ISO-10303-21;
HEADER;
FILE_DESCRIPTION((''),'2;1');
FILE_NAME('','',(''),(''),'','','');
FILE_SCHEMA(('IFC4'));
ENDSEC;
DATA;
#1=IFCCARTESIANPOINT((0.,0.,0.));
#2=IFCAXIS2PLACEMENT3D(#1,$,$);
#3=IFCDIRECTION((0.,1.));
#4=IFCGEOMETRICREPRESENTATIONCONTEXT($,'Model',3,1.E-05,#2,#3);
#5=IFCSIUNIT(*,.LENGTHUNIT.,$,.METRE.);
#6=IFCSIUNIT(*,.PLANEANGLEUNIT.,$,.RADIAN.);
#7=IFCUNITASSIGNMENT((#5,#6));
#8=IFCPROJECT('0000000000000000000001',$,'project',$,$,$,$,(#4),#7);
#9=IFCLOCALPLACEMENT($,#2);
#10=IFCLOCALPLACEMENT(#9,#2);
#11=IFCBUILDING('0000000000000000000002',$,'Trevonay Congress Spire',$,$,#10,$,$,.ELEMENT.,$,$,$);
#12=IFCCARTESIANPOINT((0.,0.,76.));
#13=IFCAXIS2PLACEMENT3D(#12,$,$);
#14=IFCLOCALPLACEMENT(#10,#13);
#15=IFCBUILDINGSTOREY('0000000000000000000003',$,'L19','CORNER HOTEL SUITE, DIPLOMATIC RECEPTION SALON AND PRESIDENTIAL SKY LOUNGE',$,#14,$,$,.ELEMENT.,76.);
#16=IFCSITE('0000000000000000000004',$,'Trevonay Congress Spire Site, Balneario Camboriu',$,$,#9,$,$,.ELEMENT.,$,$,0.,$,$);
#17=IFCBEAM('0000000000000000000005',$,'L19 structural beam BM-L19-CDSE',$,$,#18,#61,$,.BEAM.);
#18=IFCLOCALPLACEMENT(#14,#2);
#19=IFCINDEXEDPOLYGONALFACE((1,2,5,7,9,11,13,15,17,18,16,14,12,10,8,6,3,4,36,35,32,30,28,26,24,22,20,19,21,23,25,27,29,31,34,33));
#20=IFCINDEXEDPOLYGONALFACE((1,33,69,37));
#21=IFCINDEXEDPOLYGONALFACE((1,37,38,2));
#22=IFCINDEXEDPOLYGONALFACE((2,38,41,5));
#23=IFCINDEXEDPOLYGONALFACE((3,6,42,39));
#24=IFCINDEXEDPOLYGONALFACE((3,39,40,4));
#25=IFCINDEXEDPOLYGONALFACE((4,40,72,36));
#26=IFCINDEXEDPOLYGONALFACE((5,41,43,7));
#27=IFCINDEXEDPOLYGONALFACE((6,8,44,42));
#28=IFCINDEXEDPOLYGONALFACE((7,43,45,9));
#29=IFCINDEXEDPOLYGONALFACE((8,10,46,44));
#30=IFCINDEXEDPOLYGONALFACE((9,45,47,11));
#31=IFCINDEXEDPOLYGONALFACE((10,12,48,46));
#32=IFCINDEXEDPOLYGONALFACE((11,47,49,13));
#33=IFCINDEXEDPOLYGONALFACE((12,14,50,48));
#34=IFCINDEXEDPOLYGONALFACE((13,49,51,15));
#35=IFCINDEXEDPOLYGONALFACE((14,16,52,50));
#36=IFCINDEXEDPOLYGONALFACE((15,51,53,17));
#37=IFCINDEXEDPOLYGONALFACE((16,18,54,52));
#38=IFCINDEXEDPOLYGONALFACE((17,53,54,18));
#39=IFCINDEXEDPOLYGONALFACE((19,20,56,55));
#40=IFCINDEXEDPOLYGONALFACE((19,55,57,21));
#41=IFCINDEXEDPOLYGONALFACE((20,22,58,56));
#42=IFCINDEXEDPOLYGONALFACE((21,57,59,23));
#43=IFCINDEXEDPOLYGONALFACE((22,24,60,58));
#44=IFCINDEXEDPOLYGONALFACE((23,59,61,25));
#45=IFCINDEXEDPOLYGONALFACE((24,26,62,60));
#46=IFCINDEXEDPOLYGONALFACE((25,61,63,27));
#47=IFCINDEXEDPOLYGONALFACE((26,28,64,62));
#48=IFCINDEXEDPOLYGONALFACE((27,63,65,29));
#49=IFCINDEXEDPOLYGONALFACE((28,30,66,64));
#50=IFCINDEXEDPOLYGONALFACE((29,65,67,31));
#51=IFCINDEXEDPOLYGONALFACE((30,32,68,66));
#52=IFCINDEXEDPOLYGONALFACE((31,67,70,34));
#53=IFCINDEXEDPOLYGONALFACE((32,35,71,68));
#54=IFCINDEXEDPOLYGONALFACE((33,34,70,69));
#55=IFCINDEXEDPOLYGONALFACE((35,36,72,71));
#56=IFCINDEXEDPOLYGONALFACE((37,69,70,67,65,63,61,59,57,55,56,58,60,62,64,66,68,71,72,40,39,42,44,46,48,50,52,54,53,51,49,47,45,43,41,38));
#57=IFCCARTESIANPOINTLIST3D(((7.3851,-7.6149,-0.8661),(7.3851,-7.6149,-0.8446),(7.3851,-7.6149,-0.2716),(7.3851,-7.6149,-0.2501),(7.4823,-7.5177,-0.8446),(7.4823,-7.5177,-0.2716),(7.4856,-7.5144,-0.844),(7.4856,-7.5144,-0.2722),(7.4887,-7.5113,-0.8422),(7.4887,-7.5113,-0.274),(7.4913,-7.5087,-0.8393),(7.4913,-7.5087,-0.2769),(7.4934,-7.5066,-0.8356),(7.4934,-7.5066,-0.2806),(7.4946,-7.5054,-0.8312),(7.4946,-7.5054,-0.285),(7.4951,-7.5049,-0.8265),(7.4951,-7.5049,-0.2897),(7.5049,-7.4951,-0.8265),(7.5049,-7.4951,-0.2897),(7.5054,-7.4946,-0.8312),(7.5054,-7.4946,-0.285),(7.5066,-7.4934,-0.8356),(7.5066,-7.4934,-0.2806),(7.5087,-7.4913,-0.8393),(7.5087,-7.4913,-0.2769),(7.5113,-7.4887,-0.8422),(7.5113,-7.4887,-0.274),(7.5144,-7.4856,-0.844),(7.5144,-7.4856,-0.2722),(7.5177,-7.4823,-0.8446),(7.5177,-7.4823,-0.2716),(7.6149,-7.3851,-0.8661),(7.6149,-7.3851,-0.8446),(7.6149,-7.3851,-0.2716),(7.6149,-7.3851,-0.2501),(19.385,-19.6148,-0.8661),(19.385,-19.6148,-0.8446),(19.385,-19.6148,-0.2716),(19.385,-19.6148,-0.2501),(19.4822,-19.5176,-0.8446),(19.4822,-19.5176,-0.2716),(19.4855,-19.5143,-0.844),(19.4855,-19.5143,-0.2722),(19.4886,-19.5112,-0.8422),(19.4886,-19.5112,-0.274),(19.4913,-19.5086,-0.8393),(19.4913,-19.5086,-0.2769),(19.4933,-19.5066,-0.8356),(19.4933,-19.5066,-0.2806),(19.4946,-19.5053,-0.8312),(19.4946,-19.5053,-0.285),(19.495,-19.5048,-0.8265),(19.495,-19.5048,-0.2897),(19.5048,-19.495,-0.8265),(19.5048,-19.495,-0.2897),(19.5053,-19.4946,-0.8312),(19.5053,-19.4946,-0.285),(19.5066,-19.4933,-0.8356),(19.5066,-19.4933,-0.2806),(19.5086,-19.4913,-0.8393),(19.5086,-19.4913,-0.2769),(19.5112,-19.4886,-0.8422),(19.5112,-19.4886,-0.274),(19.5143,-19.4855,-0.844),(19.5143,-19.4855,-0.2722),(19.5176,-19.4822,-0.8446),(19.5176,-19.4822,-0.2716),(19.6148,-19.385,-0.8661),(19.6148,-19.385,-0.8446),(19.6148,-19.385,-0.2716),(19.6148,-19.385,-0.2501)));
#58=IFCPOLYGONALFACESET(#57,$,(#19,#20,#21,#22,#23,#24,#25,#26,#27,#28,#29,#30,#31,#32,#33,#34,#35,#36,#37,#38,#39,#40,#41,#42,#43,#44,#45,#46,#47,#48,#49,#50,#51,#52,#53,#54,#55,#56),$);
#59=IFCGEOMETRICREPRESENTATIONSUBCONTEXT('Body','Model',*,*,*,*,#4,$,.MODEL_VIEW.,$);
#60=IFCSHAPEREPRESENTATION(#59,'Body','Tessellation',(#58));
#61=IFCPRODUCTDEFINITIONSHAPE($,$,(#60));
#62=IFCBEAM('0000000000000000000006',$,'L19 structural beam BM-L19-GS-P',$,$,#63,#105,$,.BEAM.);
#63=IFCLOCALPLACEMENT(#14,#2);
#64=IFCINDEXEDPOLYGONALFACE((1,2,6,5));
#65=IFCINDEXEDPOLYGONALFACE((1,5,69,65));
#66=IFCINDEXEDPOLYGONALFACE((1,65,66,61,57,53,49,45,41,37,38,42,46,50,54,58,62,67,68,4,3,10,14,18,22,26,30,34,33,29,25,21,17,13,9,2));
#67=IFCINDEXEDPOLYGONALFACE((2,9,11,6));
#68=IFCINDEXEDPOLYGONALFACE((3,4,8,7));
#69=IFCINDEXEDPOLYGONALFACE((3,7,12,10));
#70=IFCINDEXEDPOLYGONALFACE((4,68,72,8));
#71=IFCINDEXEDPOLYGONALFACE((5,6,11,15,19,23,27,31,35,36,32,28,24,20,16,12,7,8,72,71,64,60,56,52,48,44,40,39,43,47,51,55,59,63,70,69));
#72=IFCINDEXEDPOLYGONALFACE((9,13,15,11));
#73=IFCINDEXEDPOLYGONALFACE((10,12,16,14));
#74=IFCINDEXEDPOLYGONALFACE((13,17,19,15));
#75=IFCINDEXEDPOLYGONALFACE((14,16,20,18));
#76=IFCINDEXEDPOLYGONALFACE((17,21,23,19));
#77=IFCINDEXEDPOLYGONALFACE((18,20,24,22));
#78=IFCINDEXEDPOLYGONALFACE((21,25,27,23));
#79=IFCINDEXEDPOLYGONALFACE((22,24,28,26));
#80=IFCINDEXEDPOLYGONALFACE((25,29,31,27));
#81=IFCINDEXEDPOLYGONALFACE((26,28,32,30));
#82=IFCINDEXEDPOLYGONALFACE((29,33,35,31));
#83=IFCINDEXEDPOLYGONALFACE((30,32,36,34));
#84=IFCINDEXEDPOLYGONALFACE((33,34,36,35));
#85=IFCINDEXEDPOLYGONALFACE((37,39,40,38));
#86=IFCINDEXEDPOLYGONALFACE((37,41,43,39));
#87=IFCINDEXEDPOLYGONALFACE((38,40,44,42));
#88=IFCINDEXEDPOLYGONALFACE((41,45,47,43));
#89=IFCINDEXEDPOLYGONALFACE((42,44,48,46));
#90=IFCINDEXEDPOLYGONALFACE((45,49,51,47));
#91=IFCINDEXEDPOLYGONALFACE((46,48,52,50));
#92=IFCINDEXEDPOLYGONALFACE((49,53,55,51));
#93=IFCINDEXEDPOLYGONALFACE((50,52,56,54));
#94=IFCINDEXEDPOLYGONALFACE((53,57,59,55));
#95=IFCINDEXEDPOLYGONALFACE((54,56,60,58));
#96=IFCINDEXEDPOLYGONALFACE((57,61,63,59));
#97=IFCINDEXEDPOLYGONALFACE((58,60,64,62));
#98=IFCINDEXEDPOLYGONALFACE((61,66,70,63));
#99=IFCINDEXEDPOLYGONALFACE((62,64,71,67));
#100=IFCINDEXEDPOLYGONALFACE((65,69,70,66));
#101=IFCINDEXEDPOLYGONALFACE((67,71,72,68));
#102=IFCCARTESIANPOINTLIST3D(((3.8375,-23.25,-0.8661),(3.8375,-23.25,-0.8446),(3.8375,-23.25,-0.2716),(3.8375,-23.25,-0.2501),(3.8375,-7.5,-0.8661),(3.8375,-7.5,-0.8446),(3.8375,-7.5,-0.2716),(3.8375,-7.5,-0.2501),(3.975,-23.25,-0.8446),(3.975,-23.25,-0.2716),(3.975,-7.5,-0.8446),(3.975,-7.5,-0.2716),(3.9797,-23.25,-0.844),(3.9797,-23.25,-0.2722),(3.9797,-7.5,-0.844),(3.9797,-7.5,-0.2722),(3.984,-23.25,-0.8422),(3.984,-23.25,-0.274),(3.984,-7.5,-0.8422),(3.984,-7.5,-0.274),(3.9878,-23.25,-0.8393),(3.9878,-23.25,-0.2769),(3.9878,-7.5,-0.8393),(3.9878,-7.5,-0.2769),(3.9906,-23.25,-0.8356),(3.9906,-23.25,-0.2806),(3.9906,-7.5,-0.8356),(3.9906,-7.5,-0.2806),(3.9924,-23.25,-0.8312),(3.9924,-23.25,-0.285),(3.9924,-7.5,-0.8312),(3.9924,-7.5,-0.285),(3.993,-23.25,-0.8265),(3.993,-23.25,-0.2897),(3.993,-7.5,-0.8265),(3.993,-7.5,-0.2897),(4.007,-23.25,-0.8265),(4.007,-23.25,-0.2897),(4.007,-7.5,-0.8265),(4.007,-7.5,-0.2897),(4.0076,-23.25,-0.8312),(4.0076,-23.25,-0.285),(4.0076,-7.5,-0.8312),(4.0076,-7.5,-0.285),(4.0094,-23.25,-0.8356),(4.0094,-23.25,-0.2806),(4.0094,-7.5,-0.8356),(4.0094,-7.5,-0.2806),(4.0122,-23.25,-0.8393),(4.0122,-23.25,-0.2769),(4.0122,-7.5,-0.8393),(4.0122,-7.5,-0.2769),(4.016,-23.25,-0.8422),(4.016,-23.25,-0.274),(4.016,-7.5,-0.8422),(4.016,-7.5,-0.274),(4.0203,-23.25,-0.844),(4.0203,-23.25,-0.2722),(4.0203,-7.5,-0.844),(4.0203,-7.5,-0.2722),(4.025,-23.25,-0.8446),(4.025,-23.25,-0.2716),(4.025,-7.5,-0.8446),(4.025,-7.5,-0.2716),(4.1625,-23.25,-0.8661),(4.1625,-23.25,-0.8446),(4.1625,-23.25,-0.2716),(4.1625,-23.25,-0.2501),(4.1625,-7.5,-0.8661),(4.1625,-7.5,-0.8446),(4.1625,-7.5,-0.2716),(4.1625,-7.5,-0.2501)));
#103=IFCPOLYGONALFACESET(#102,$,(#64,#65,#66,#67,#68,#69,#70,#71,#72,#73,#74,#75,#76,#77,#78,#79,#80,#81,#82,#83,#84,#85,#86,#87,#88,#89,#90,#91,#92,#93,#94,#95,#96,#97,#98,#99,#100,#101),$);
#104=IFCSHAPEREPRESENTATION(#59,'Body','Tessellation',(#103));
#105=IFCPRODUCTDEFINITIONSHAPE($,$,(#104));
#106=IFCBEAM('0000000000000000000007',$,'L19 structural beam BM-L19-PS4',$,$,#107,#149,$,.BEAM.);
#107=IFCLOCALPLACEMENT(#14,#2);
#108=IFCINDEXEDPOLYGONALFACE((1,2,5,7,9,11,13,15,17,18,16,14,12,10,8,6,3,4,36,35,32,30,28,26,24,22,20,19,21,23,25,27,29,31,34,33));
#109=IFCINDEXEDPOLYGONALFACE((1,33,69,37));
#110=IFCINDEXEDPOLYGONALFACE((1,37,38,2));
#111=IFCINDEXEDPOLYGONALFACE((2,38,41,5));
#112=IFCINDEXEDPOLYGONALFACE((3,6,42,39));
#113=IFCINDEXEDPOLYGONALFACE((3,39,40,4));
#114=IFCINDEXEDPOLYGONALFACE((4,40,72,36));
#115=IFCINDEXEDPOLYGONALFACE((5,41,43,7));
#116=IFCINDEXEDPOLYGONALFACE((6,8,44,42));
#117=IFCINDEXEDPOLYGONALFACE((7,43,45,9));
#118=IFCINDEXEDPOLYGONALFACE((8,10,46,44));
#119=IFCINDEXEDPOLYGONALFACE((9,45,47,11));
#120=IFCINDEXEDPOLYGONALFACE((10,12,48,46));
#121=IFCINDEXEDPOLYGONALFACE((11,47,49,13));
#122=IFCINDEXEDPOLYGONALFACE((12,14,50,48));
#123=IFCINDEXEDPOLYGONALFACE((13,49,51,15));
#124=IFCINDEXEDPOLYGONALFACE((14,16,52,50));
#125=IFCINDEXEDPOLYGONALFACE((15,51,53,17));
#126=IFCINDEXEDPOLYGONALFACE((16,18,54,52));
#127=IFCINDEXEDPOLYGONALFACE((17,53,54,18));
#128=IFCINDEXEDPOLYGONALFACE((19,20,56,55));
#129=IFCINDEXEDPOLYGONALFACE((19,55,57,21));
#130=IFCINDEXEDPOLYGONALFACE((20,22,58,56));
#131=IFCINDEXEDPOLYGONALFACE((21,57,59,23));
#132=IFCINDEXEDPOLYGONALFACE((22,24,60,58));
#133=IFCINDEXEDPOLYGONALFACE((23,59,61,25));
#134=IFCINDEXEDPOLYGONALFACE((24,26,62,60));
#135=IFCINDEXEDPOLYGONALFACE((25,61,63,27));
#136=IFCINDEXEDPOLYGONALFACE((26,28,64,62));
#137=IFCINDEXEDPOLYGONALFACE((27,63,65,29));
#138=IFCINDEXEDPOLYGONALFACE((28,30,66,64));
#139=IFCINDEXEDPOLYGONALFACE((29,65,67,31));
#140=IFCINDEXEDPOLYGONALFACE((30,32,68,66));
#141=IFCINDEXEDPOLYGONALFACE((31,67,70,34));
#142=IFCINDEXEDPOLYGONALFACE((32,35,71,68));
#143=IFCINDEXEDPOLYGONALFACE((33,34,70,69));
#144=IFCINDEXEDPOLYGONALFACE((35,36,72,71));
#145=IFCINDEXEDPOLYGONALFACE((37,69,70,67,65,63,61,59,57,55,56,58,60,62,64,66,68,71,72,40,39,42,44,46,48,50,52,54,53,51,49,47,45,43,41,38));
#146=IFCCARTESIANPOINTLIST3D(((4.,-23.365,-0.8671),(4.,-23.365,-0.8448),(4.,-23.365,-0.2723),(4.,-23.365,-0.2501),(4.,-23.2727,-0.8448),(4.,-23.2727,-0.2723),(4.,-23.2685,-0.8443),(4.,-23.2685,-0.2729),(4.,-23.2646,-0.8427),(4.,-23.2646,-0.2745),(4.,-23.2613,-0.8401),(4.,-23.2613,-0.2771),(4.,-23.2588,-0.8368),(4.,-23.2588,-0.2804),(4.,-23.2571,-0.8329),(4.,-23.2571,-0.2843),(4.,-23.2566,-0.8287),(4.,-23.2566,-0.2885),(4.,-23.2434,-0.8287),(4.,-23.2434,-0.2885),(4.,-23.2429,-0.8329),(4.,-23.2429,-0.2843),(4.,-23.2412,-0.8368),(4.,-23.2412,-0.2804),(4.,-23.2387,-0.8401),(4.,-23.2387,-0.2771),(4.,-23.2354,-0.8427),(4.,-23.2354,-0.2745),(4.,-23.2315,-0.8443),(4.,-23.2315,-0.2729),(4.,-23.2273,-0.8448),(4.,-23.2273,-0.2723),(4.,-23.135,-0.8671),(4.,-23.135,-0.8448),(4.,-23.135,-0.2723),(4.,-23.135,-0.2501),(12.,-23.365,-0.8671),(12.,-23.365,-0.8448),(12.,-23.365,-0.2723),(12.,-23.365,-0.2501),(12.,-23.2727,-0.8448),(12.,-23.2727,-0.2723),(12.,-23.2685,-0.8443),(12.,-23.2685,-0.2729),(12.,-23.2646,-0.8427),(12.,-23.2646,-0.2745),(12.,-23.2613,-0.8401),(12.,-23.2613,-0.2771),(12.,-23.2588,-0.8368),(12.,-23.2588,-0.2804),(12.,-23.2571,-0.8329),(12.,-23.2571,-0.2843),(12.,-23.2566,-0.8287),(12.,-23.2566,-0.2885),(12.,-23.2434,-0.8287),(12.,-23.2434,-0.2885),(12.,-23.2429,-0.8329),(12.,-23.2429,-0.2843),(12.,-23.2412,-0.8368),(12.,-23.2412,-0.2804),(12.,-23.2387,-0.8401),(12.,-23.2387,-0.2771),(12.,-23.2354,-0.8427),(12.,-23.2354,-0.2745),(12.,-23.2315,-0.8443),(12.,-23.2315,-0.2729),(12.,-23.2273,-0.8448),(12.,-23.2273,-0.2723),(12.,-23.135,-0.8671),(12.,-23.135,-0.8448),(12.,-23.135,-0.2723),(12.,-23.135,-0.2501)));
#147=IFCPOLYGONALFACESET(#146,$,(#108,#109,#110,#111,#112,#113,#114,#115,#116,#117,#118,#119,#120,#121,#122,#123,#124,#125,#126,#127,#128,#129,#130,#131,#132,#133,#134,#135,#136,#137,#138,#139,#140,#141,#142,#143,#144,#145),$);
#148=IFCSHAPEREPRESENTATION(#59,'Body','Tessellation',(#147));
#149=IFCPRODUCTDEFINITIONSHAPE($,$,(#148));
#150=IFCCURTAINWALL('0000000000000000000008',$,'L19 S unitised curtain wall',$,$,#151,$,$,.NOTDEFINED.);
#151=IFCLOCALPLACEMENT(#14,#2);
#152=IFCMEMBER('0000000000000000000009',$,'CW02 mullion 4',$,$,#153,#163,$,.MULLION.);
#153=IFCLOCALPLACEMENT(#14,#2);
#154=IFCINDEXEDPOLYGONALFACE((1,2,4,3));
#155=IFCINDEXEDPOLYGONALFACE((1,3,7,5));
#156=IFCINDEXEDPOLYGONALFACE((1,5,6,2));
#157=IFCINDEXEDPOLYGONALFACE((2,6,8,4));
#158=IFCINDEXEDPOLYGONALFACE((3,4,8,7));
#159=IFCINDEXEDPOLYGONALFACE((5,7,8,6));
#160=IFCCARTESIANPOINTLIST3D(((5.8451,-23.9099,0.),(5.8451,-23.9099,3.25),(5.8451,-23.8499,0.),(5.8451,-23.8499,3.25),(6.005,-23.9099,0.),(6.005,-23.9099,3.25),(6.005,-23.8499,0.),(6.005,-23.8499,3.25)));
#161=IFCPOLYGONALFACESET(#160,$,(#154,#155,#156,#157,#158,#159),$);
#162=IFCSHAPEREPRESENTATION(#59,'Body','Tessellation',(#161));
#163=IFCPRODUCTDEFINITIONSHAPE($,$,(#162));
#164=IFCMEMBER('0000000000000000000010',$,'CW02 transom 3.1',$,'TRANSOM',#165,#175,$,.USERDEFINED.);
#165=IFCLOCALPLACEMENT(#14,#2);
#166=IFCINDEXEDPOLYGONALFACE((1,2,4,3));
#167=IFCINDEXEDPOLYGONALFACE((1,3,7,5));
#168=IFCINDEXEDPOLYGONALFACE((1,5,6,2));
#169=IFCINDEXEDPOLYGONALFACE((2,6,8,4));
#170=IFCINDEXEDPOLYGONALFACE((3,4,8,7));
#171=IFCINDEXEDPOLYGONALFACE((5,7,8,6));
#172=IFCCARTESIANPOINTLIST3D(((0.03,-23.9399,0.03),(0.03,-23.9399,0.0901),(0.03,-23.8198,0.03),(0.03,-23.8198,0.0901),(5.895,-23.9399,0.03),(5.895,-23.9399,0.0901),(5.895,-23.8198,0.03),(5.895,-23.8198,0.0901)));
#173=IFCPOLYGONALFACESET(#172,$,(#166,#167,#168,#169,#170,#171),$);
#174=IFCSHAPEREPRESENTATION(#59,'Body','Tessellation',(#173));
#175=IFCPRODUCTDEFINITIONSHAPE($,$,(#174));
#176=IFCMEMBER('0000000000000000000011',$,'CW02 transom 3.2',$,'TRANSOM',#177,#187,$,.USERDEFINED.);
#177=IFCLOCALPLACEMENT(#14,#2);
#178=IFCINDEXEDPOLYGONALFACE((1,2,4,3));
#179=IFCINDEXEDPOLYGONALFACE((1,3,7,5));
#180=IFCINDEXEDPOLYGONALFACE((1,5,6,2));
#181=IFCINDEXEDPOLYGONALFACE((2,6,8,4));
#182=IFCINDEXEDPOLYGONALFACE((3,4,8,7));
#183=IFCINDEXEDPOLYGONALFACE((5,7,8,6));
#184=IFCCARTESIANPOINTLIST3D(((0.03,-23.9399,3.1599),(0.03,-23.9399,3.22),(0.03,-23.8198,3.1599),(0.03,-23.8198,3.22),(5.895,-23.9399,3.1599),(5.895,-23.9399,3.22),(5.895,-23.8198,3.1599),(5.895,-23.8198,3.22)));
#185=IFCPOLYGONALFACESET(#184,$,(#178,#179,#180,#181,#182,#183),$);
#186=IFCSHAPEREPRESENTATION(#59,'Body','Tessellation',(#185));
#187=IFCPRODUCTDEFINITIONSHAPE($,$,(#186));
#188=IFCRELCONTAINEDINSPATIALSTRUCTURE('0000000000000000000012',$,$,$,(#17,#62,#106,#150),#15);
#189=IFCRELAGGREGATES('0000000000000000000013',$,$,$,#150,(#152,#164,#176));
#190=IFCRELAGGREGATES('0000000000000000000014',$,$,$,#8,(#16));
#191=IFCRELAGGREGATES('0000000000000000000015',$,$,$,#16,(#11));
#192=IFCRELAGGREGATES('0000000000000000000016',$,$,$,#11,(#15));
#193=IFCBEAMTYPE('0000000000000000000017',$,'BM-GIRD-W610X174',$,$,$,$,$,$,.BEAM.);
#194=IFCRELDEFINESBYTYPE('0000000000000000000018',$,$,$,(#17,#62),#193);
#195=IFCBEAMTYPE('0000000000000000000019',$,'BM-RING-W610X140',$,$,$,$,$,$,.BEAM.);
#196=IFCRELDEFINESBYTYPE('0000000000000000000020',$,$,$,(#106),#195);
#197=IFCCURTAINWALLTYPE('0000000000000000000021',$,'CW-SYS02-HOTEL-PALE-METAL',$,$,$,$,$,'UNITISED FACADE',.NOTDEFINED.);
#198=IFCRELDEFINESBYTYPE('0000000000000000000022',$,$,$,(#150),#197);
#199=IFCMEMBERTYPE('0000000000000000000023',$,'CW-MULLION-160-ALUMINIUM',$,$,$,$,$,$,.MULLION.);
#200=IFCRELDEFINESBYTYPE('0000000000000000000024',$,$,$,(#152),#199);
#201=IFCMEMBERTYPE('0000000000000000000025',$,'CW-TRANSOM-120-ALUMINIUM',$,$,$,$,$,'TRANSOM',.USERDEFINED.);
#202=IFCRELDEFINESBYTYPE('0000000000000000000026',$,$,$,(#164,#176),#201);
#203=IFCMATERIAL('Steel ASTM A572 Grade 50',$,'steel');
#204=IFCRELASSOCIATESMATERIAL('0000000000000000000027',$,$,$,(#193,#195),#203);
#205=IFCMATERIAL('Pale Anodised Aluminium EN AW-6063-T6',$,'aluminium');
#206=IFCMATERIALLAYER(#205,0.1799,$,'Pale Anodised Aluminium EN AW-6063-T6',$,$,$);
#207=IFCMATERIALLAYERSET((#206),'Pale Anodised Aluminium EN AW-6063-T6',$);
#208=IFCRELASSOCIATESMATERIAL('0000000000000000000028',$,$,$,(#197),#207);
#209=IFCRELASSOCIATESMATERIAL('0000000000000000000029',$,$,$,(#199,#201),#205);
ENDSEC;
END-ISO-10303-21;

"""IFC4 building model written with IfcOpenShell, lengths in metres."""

from ifc_helpers import new_model, si_unit, direction, frame, origin, origin_2d, place, context, subcontext, project, spatial, rectangle, i_section, extrude, material, layer, layer_set, material_profile, profile_set, type_object, element, aggregate, save


model = new_model("IFC4")

# Units and contexts
model_context = context("Model", 3, precision=1e-05, world=origin(), true_north=direction((0.0, 1.0)))
body_context = subcontext(model_context, "Body", "Model", "MODEL_VIEW")
ifc_project = project(units=[si_unit("LENGTHUNIT", "METRE"), si_unit("PLANEANGLEUNIT", "RADIAN")], contexts=[model_context])

# Site, building, storey
site_placement = place(None, origin())
site = spatial("IfcSite", under=ifc_project, at=site_placement, Name="Trevonay Congress Spire Site, Balneario Camboriu", CompositionType="ELEMENT", RefElevation=0.0)
building_placement = place(site_placement, origin())
building = spatial("IfcBuilding", under=site, at=building_placement, Name="Trevonay Congress Spire", CompositionType="ELEMENT")
storey_placement = place(building_placement, frame((0.0, 0.0, 76.0)))
storey = spatial("IfcBuildingStorey", under=building, at=storey_placement, Name="L19", Description="CORNER HOTEL SUITE, DIPLOMATIC RECEPTION SALON AND PRESIDENTIAL SKY LOUNGE", CompositionType="ELEMENT", Elevation=76.0)

# Shared definitions
ifc_material_1 = material(Name="Steel ASTM A572 Grade 50", Category="steel")

# Beams
ifc_material_profile_1 = material_profile(ifc_material_1, i_section(OverallWidth=0.325, OverallDepth=0.616, WebThickness=0.0139, FlangeThickness=0.0215, FilletRadius=0.0181, at=origin_2d()), Name="W610x174")
ifc_profile_set_1 = profile_set([ifc_material_profile_1], Name="Steel ASTM A572 Grade 50")
beam_type_1 = type_object("IfcBeamType", Name="BM-GIRD-W610X174", PredefinedType="BEAM", material=ifc_profile_set_1)
beam_1_placement = place(storey_placement, frame((7.5, -7.5, -0.5581), z_axis=(0.707107, -0.707107, 0.0), x_axis=(0.707107, 0.707107, 0.0)))
element("IfcBeam", 1, at=beam_1_placement, inside=storey, type_object=beam_type_1, Name="L19 structural beam BM-L19-CDSE", PredefinedType="BEAM", context=body_context, shape_type="SweptSolid", body=[
    extrude(i_section(OverallWidth=0.325, OverallDepth=0.616, WebThickness=0.0139, FlangeThickness=0.0215, FilletRadius=0.0181, at=origin_2d()), origin(), (0.0, 0.0, 1.0), 16.9705),
])
beam_2_placement = place(storey_placement, frame((4.0, -7.5, -0.5581), z_axis=(0.0, -1.0, 0.0), x_axis=(1.0, 0.0, 0.0)))
element("IfcBeam", 2, at=beam_2_placement, inside=storey, type_object=beam_type_1, Name="L19 structural beam BM-L19-GS-P", PredefinedType="BEAM", context=body_context, shape_type="SweptSolid", body=[
    extrude(i_section(OverallWidth=0.325, OverallDepth=0.616, WebThickness=0.0139, FlangeThickness=0.0215, FilletRadius=0.0181, at=origin_2d()), origin(), (0.0, 0.0, 1.0), 15.75),
])
ifc_material_profile_2 = material_profile(ifc_material_1, i_section(OverallWidth=0.23, OverallDepth=0.6169, WebThickness=0.0132, FlangeThickness=0.0222, FilletRadius=0.0161, at=origin_2d()), Name="W610x140")
ifc_profile_set_2 = profile_set([ifc_material_profile_2], Name="Steel ASTM A572 Grade 50")
beam_type_2 = type_object("IfcBeamType", Name="BM-RING-W610X140", PredefinedType="BEAM", material=ifc_profile_set_2)
beam_3_placement = place(storey_placement, frame((4.0, -23.25, -0.5586), z_axis=(1.0, 0.0, 0.0), x_axis=(0.0, 1.0, 0.0)))
element("IfcBeam", 3, at=beam_3_placement, inside=storey, type_object=beam_type_2, Name="L19 structural beam BM-L19-PS4", PredefinedType="BEAM", context=body_context, shape_type="SweptSolid", body=[
    extrude(i_section(OverallWidth=0.23, OverallDepth=0.6169, WebThickness=0.0132, FlangeThickness=0.0222, FilletRadius=0.0161, at=origin_2d()), origin(), (0.0, 0.0, 1.0), 8.0),
])

# Curtain wall, members
ifc_material_2 = material(Name="Pale Anodised Aluminium EN AW-6063-T6", Category="aluminium")
ifc_layer_1 = layer(ifc_material_2, 0.1799, Name="Pale Anodised Aluminium EN AW-6063-T6")
ifc_layer_set_1 = layer_set([ifc_layer_1], Name="Pale Anodised Aluminium EN AW-6063-T6")
curtain_wall_type = type_object("IfcCurtainWallType", Name="CW-SYS02-HOTEL-PALE-METAL", ElementType="UNITISED FACADE", PredefinedType="NOTDEFINED", material=ifc_layer_set_1)
curtain_wall_placement = place(storey_placement, origin())
curtain_wall = element("IfcCurtainWall", 4, at=curtain_wall_placement, inside=storey, type_object=curtain_wall_type, Name="L19 S unitised curtain wall", PredefinedType="NOTDEFINED")
ifc_material_profile_3 = material_profile(ifc_material_2, rectangle(XDim=0.0601, YDim=0.1599, at=origin_2d()), Name="CW-MULLION-160-ALUMINIUM")
ifc_profile_set_3 = profile_set([ifc_material_profile_3], Name="Pale Anodised Aluminium EN AW-6063-T6")
member_type_1 = type_object("IfcMemberType", Name="CW-MULLION-160-ALUMINIUM", PredefinedType="MULLION", material=ifc_profile_set_3)
member_1_placement = place(storey_placement, frame((5.925, -23.8799, 0.0), z_axis=(0.0, 0.0, 1.0), x_axis=(0.0, 1.0, 0.0)))
member_1 = element("IfcMember", 5, at=member_1_placement, type_object=member_type_1, Name="CW02 mullion 4", PredefinedType="MULLION", context=body_context, shape_type="SweptSolid", body=[
    extrude(rectangle(XDim=0.0601, YDim=0.1599, at=origin_2d()), origin(), (0.0, 0.0, 1.0), 3.25),
])
ifc_material_profile_4 = material_profile(ifc_material_2, rectangle(XDim=0.1201, YDim=0.0601, at=origin_2d()), Name="CW-TRANSOM-120-ALUMINIUM")
ifc_profile_set_4 = profile_set([ifc_material_profile_4], Name="Pale Anodised Aluminium EN AW-6063-T6")
member_type_2 = type_object("IfcMemberType", Name="CW-TRANSOM-120-ALUMINIUM", ElementType="TRANSOM", PredefinedType="USERDEFINED", material=ifc_profile_set_4)
member_2_placement = place(storey_placement, frame((0.03, -23.8799, 0.0601), z_axis=(1.0, 0.0, 0.0), x_axis=(0.0, 1.0, 0.0)))
member_2 = element("IfcMember", 6, at=member_2_placement, type_object=member_type_2, Name="CW02 transom 3.1", ObjectType="TRANSOM", PredefinedType="USERDEFINED", context=body_context, shape_type="SweptSolid", body=[
    extrude(rectangle(XDim=0.1201, YDim=0.0601, at=origin_2d()), origin(), (0.0, 0.0, 1.0), 5.865),
])
member_3_placement = place(storey_placement, frame((0.03, -23.8799, 3.1899), z_axis=(1.0, 0.0, 0.0), x_axis=(0.0, 1.0, 0.0)))
member_3 = element("IfcMember", 7, at=member_3_placement, type_object=member_type_2, Name="CW02 transom 3.2", ObjectType="TRANSOM", PredefinedType="USERDEFINED", context=body_context, shape_type="SweptSolid", body=[
    extrude(rectangle(XDim=0.1201, YDim=0.0601, at=origin_2d()), origin(), (0.0, 0.0, 1.0), 5.865),
])
aggregate(curtain_wall, [member_1, member_2, member_3])

save(model, "model.ifc")
